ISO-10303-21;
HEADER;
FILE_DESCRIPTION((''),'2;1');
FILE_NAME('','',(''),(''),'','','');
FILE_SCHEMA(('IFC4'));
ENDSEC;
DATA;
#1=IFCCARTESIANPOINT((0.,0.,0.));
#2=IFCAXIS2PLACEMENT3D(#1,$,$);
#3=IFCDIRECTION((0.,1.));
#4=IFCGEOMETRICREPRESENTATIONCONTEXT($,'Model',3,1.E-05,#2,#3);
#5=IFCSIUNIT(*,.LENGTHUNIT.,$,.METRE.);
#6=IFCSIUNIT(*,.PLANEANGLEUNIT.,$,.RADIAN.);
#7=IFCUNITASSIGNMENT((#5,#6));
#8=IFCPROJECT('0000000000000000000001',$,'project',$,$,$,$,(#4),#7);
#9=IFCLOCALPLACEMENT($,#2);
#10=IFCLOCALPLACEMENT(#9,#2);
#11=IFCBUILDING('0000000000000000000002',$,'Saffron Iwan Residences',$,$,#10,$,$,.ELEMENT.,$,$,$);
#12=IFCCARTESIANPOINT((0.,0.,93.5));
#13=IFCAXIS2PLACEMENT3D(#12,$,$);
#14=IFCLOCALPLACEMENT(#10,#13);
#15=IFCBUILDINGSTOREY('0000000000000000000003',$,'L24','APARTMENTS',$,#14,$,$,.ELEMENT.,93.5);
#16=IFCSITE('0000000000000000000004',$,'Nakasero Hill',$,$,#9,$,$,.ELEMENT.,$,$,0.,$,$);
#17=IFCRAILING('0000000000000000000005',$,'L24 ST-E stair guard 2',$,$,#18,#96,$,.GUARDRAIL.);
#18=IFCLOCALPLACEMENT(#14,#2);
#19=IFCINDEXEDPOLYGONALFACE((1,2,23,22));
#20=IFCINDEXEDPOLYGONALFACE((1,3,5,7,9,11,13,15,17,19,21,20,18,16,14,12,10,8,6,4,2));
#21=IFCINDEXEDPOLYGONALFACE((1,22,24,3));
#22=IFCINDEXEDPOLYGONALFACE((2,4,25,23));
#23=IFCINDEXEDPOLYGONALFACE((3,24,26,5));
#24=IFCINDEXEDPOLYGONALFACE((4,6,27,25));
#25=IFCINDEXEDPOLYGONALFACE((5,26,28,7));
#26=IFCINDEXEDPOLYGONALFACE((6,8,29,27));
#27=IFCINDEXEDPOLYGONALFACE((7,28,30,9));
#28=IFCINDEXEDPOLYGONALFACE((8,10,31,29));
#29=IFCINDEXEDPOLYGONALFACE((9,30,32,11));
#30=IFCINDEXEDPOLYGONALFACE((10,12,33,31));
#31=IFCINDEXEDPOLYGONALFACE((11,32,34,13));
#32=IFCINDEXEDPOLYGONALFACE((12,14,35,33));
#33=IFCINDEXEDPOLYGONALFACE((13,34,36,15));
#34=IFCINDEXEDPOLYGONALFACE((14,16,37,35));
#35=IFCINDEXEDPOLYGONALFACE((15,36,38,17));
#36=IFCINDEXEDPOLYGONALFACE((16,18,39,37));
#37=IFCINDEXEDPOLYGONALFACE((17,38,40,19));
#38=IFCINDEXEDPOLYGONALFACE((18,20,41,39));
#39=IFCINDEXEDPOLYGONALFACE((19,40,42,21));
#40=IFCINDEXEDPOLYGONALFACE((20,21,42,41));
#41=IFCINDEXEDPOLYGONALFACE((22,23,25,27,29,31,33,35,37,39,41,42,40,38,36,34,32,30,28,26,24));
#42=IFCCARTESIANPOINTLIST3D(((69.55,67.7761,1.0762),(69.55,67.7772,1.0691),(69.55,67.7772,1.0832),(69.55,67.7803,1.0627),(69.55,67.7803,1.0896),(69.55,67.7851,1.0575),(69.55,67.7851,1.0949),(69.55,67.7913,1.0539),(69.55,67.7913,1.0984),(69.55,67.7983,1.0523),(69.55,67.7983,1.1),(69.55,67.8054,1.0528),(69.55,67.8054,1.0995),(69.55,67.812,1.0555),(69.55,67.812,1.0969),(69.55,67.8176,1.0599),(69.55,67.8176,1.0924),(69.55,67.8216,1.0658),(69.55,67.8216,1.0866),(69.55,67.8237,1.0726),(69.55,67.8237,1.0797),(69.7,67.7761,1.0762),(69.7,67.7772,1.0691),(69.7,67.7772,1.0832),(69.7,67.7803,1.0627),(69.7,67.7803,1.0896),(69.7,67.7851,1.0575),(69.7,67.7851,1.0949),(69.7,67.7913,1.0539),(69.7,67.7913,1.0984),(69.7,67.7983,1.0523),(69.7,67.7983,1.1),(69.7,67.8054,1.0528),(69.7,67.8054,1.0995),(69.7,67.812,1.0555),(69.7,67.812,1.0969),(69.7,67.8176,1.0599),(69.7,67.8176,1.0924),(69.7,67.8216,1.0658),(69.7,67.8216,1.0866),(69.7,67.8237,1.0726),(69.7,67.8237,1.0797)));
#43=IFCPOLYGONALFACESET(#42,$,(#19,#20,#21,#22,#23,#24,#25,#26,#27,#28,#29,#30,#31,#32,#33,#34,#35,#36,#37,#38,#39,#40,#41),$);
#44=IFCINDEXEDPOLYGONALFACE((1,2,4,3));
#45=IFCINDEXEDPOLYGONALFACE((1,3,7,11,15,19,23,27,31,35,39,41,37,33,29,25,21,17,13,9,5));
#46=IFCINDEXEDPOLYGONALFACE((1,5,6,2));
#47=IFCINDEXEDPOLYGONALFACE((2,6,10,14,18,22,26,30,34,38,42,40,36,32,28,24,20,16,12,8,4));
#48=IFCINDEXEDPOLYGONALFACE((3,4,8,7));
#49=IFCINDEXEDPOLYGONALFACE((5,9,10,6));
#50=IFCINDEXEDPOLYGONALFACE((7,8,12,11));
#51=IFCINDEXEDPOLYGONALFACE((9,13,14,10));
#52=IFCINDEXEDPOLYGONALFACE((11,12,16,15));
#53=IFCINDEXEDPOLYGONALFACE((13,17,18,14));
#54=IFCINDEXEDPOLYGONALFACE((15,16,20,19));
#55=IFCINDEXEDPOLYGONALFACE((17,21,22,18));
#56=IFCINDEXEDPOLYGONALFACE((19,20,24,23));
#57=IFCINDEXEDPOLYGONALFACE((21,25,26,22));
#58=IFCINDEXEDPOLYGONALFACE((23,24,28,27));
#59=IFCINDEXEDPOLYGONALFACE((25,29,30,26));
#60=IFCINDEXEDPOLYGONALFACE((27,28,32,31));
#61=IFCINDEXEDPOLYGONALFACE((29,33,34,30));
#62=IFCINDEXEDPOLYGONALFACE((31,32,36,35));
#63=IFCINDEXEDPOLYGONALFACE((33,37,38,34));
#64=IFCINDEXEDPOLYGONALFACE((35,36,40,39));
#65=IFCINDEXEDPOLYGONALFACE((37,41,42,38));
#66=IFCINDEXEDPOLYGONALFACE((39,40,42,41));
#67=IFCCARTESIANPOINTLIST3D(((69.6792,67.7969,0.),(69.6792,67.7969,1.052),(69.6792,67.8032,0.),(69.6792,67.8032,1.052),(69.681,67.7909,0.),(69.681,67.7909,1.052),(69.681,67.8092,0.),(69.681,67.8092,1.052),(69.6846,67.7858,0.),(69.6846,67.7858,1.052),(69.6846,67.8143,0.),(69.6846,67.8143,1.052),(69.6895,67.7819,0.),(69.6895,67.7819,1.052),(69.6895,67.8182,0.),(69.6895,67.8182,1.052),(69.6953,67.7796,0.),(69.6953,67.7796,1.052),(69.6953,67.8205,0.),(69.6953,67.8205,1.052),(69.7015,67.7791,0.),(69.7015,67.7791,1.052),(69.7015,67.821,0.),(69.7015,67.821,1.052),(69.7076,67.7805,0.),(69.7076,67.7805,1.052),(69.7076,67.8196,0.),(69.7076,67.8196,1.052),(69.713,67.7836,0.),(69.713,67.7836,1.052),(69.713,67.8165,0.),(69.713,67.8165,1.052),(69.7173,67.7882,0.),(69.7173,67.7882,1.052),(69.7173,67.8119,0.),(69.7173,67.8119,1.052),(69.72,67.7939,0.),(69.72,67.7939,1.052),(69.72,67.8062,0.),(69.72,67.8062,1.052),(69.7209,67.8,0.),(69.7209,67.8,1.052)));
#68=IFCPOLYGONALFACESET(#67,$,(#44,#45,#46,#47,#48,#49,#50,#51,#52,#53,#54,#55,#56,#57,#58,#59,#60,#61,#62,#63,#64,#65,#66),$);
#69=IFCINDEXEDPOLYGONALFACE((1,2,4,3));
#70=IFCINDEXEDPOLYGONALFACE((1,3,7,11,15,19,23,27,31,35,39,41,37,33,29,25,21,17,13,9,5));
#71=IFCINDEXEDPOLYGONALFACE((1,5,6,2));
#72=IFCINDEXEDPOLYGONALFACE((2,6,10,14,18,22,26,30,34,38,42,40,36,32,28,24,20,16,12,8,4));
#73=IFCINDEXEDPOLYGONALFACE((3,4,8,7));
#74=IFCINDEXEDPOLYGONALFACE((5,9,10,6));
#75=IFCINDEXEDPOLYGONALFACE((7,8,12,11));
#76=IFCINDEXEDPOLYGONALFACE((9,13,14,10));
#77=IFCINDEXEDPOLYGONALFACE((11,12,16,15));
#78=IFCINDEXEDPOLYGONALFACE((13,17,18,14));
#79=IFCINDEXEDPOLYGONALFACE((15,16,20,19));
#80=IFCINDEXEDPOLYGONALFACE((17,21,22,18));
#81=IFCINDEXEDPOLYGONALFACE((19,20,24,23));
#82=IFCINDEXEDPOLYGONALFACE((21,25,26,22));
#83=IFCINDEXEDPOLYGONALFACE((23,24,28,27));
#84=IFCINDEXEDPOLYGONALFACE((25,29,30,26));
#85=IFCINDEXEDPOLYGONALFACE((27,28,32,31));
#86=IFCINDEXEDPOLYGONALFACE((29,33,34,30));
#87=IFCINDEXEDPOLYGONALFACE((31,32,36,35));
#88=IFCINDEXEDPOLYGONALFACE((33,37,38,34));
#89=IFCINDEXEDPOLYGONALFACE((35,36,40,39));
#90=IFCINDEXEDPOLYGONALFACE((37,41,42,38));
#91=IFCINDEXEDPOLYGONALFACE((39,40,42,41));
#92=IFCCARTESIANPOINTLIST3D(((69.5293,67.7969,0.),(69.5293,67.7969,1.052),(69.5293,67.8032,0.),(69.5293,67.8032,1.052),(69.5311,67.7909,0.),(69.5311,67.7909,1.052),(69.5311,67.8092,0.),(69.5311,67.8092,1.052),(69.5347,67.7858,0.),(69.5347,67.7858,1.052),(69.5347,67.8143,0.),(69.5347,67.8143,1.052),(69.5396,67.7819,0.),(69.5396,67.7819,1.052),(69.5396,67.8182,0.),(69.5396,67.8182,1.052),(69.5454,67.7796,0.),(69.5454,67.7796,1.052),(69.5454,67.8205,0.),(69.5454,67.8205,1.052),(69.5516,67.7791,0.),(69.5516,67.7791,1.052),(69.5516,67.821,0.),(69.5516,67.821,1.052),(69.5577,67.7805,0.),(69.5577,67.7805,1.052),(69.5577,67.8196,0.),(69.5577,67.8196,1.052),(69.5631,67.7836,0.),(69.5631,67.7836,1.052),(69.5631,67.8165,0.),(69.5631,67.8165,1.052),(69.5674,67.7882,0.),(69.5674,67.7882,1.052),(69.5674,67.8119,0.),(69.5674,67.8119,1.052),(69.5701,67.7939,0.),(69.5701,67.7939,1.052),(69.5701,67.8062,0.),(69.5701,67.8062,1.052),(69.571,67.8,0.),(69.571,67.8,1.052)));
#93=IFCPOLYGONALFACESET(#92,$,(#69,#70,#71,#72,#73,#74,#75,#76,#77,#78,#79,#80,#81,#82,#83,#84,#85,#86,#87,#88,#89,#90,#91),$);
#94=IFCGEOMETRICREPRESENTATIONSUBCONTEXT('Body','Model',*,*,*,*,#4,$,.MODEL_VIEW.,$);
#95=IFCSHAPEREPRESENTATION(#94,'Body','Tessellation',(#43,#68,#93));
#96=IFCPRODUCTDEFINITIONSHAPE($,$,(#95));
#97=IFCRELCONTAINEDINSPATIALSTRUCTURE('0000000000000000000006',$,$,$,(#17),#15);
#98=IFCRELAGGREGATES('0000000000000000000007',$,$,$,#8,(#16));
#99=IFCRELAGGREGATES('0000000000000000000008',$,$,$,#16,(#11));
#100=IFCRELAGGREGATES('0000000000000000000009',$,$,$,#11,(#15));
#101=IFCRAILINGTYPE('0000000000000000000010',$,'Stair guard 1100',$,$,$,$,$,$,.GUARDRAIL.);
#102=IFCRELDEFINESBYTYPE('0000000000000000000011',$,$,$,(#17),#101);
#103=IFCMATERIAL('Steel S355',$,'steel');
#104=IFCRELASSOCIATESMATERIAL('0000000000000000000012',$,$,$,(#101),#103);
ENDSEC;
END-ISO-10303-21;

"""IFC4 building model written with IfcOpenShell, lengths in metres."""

from ifc_helpers import new_model, si_unit, direction, frame, origin, origin_2d, place, context, subcontext, project, spatial, circle, extrude, material, type_object, element, save


model = new_model("IFC4")

# Units and contexts
model_context = context("Model", 3, precision=1e-05, world=origin(), true_north=direction((0.0, 1.0)))
body_context = subcontext(model_context, "Body", "Model", "MODEL_VIEW")
ifc_project = project(units=[si_unit("LENGTHUNIT", "METRE"), si_unit("PLANEANGLEUNIT", "RADIAN")], contexts=[model_context])

# Site, building, storey
site_placement = place(None, origin())
site = spatial("IfcSite", under=ifc_project, at=site_placement, Name="Nakasero Hill", CompositionType="ELEMENT", RefElevation=0.0)
building_placement = place(site_placement, origin())
building = spatial("IfcBuilding", under=site, at=building_placement, Name="Saffron Iwan Residences", CompositionType="ELEMENT")
storey_placement = place(building_placement, frame((0.0, 0.0, 93.5)))
storey = spatial("IfcBuildingStorey", under=building, at=storey_placement, Name="L24", Description="APARTMENTS", CompositionType="ELEMENT", Elevation=93.5)

# Railing
ifc_material_1 = material(Name="Steel S355", Category="steel")
railing_type_1 = type_object("IfcRailingType", Name="Stair guard 1100", PredefinedType="GUARDRAIL", material=ifc_material_1)
railing_1_placement = place(storey_placement, frame((69.7, 67.8, 0.0)))
element("IfcRailing", 1, at=railing_1_placement, inside=storey, type_object=railing_type_1, Name="L24 ST-E stair guard 2", PredefinedType="GUARDRAIL", context=body_context, shape_type="SweptSolid", body=[
    extrude(circle(Radius=0.0239, at=origin_2d()), frame((0.0, 0.0, 1.0762), z_axis=(-1.0, 0.0, 0.0), x_axis=(0.0, -1.0, 0.0)), (0.0, 0.0, 1.0), 0.1499),
    extrude(circle(Radius=0.021, at=origin_2d()), origin(), (0.0, 0.0, 1.0), 1.052),
    extrude(circle(Radius=0.021, at=origin_2d()), frame((-0.1499, 0.0, 0.0)), (0.0, 0.0, 1.0), 1.052),
])

save(model, "model.ifc")
